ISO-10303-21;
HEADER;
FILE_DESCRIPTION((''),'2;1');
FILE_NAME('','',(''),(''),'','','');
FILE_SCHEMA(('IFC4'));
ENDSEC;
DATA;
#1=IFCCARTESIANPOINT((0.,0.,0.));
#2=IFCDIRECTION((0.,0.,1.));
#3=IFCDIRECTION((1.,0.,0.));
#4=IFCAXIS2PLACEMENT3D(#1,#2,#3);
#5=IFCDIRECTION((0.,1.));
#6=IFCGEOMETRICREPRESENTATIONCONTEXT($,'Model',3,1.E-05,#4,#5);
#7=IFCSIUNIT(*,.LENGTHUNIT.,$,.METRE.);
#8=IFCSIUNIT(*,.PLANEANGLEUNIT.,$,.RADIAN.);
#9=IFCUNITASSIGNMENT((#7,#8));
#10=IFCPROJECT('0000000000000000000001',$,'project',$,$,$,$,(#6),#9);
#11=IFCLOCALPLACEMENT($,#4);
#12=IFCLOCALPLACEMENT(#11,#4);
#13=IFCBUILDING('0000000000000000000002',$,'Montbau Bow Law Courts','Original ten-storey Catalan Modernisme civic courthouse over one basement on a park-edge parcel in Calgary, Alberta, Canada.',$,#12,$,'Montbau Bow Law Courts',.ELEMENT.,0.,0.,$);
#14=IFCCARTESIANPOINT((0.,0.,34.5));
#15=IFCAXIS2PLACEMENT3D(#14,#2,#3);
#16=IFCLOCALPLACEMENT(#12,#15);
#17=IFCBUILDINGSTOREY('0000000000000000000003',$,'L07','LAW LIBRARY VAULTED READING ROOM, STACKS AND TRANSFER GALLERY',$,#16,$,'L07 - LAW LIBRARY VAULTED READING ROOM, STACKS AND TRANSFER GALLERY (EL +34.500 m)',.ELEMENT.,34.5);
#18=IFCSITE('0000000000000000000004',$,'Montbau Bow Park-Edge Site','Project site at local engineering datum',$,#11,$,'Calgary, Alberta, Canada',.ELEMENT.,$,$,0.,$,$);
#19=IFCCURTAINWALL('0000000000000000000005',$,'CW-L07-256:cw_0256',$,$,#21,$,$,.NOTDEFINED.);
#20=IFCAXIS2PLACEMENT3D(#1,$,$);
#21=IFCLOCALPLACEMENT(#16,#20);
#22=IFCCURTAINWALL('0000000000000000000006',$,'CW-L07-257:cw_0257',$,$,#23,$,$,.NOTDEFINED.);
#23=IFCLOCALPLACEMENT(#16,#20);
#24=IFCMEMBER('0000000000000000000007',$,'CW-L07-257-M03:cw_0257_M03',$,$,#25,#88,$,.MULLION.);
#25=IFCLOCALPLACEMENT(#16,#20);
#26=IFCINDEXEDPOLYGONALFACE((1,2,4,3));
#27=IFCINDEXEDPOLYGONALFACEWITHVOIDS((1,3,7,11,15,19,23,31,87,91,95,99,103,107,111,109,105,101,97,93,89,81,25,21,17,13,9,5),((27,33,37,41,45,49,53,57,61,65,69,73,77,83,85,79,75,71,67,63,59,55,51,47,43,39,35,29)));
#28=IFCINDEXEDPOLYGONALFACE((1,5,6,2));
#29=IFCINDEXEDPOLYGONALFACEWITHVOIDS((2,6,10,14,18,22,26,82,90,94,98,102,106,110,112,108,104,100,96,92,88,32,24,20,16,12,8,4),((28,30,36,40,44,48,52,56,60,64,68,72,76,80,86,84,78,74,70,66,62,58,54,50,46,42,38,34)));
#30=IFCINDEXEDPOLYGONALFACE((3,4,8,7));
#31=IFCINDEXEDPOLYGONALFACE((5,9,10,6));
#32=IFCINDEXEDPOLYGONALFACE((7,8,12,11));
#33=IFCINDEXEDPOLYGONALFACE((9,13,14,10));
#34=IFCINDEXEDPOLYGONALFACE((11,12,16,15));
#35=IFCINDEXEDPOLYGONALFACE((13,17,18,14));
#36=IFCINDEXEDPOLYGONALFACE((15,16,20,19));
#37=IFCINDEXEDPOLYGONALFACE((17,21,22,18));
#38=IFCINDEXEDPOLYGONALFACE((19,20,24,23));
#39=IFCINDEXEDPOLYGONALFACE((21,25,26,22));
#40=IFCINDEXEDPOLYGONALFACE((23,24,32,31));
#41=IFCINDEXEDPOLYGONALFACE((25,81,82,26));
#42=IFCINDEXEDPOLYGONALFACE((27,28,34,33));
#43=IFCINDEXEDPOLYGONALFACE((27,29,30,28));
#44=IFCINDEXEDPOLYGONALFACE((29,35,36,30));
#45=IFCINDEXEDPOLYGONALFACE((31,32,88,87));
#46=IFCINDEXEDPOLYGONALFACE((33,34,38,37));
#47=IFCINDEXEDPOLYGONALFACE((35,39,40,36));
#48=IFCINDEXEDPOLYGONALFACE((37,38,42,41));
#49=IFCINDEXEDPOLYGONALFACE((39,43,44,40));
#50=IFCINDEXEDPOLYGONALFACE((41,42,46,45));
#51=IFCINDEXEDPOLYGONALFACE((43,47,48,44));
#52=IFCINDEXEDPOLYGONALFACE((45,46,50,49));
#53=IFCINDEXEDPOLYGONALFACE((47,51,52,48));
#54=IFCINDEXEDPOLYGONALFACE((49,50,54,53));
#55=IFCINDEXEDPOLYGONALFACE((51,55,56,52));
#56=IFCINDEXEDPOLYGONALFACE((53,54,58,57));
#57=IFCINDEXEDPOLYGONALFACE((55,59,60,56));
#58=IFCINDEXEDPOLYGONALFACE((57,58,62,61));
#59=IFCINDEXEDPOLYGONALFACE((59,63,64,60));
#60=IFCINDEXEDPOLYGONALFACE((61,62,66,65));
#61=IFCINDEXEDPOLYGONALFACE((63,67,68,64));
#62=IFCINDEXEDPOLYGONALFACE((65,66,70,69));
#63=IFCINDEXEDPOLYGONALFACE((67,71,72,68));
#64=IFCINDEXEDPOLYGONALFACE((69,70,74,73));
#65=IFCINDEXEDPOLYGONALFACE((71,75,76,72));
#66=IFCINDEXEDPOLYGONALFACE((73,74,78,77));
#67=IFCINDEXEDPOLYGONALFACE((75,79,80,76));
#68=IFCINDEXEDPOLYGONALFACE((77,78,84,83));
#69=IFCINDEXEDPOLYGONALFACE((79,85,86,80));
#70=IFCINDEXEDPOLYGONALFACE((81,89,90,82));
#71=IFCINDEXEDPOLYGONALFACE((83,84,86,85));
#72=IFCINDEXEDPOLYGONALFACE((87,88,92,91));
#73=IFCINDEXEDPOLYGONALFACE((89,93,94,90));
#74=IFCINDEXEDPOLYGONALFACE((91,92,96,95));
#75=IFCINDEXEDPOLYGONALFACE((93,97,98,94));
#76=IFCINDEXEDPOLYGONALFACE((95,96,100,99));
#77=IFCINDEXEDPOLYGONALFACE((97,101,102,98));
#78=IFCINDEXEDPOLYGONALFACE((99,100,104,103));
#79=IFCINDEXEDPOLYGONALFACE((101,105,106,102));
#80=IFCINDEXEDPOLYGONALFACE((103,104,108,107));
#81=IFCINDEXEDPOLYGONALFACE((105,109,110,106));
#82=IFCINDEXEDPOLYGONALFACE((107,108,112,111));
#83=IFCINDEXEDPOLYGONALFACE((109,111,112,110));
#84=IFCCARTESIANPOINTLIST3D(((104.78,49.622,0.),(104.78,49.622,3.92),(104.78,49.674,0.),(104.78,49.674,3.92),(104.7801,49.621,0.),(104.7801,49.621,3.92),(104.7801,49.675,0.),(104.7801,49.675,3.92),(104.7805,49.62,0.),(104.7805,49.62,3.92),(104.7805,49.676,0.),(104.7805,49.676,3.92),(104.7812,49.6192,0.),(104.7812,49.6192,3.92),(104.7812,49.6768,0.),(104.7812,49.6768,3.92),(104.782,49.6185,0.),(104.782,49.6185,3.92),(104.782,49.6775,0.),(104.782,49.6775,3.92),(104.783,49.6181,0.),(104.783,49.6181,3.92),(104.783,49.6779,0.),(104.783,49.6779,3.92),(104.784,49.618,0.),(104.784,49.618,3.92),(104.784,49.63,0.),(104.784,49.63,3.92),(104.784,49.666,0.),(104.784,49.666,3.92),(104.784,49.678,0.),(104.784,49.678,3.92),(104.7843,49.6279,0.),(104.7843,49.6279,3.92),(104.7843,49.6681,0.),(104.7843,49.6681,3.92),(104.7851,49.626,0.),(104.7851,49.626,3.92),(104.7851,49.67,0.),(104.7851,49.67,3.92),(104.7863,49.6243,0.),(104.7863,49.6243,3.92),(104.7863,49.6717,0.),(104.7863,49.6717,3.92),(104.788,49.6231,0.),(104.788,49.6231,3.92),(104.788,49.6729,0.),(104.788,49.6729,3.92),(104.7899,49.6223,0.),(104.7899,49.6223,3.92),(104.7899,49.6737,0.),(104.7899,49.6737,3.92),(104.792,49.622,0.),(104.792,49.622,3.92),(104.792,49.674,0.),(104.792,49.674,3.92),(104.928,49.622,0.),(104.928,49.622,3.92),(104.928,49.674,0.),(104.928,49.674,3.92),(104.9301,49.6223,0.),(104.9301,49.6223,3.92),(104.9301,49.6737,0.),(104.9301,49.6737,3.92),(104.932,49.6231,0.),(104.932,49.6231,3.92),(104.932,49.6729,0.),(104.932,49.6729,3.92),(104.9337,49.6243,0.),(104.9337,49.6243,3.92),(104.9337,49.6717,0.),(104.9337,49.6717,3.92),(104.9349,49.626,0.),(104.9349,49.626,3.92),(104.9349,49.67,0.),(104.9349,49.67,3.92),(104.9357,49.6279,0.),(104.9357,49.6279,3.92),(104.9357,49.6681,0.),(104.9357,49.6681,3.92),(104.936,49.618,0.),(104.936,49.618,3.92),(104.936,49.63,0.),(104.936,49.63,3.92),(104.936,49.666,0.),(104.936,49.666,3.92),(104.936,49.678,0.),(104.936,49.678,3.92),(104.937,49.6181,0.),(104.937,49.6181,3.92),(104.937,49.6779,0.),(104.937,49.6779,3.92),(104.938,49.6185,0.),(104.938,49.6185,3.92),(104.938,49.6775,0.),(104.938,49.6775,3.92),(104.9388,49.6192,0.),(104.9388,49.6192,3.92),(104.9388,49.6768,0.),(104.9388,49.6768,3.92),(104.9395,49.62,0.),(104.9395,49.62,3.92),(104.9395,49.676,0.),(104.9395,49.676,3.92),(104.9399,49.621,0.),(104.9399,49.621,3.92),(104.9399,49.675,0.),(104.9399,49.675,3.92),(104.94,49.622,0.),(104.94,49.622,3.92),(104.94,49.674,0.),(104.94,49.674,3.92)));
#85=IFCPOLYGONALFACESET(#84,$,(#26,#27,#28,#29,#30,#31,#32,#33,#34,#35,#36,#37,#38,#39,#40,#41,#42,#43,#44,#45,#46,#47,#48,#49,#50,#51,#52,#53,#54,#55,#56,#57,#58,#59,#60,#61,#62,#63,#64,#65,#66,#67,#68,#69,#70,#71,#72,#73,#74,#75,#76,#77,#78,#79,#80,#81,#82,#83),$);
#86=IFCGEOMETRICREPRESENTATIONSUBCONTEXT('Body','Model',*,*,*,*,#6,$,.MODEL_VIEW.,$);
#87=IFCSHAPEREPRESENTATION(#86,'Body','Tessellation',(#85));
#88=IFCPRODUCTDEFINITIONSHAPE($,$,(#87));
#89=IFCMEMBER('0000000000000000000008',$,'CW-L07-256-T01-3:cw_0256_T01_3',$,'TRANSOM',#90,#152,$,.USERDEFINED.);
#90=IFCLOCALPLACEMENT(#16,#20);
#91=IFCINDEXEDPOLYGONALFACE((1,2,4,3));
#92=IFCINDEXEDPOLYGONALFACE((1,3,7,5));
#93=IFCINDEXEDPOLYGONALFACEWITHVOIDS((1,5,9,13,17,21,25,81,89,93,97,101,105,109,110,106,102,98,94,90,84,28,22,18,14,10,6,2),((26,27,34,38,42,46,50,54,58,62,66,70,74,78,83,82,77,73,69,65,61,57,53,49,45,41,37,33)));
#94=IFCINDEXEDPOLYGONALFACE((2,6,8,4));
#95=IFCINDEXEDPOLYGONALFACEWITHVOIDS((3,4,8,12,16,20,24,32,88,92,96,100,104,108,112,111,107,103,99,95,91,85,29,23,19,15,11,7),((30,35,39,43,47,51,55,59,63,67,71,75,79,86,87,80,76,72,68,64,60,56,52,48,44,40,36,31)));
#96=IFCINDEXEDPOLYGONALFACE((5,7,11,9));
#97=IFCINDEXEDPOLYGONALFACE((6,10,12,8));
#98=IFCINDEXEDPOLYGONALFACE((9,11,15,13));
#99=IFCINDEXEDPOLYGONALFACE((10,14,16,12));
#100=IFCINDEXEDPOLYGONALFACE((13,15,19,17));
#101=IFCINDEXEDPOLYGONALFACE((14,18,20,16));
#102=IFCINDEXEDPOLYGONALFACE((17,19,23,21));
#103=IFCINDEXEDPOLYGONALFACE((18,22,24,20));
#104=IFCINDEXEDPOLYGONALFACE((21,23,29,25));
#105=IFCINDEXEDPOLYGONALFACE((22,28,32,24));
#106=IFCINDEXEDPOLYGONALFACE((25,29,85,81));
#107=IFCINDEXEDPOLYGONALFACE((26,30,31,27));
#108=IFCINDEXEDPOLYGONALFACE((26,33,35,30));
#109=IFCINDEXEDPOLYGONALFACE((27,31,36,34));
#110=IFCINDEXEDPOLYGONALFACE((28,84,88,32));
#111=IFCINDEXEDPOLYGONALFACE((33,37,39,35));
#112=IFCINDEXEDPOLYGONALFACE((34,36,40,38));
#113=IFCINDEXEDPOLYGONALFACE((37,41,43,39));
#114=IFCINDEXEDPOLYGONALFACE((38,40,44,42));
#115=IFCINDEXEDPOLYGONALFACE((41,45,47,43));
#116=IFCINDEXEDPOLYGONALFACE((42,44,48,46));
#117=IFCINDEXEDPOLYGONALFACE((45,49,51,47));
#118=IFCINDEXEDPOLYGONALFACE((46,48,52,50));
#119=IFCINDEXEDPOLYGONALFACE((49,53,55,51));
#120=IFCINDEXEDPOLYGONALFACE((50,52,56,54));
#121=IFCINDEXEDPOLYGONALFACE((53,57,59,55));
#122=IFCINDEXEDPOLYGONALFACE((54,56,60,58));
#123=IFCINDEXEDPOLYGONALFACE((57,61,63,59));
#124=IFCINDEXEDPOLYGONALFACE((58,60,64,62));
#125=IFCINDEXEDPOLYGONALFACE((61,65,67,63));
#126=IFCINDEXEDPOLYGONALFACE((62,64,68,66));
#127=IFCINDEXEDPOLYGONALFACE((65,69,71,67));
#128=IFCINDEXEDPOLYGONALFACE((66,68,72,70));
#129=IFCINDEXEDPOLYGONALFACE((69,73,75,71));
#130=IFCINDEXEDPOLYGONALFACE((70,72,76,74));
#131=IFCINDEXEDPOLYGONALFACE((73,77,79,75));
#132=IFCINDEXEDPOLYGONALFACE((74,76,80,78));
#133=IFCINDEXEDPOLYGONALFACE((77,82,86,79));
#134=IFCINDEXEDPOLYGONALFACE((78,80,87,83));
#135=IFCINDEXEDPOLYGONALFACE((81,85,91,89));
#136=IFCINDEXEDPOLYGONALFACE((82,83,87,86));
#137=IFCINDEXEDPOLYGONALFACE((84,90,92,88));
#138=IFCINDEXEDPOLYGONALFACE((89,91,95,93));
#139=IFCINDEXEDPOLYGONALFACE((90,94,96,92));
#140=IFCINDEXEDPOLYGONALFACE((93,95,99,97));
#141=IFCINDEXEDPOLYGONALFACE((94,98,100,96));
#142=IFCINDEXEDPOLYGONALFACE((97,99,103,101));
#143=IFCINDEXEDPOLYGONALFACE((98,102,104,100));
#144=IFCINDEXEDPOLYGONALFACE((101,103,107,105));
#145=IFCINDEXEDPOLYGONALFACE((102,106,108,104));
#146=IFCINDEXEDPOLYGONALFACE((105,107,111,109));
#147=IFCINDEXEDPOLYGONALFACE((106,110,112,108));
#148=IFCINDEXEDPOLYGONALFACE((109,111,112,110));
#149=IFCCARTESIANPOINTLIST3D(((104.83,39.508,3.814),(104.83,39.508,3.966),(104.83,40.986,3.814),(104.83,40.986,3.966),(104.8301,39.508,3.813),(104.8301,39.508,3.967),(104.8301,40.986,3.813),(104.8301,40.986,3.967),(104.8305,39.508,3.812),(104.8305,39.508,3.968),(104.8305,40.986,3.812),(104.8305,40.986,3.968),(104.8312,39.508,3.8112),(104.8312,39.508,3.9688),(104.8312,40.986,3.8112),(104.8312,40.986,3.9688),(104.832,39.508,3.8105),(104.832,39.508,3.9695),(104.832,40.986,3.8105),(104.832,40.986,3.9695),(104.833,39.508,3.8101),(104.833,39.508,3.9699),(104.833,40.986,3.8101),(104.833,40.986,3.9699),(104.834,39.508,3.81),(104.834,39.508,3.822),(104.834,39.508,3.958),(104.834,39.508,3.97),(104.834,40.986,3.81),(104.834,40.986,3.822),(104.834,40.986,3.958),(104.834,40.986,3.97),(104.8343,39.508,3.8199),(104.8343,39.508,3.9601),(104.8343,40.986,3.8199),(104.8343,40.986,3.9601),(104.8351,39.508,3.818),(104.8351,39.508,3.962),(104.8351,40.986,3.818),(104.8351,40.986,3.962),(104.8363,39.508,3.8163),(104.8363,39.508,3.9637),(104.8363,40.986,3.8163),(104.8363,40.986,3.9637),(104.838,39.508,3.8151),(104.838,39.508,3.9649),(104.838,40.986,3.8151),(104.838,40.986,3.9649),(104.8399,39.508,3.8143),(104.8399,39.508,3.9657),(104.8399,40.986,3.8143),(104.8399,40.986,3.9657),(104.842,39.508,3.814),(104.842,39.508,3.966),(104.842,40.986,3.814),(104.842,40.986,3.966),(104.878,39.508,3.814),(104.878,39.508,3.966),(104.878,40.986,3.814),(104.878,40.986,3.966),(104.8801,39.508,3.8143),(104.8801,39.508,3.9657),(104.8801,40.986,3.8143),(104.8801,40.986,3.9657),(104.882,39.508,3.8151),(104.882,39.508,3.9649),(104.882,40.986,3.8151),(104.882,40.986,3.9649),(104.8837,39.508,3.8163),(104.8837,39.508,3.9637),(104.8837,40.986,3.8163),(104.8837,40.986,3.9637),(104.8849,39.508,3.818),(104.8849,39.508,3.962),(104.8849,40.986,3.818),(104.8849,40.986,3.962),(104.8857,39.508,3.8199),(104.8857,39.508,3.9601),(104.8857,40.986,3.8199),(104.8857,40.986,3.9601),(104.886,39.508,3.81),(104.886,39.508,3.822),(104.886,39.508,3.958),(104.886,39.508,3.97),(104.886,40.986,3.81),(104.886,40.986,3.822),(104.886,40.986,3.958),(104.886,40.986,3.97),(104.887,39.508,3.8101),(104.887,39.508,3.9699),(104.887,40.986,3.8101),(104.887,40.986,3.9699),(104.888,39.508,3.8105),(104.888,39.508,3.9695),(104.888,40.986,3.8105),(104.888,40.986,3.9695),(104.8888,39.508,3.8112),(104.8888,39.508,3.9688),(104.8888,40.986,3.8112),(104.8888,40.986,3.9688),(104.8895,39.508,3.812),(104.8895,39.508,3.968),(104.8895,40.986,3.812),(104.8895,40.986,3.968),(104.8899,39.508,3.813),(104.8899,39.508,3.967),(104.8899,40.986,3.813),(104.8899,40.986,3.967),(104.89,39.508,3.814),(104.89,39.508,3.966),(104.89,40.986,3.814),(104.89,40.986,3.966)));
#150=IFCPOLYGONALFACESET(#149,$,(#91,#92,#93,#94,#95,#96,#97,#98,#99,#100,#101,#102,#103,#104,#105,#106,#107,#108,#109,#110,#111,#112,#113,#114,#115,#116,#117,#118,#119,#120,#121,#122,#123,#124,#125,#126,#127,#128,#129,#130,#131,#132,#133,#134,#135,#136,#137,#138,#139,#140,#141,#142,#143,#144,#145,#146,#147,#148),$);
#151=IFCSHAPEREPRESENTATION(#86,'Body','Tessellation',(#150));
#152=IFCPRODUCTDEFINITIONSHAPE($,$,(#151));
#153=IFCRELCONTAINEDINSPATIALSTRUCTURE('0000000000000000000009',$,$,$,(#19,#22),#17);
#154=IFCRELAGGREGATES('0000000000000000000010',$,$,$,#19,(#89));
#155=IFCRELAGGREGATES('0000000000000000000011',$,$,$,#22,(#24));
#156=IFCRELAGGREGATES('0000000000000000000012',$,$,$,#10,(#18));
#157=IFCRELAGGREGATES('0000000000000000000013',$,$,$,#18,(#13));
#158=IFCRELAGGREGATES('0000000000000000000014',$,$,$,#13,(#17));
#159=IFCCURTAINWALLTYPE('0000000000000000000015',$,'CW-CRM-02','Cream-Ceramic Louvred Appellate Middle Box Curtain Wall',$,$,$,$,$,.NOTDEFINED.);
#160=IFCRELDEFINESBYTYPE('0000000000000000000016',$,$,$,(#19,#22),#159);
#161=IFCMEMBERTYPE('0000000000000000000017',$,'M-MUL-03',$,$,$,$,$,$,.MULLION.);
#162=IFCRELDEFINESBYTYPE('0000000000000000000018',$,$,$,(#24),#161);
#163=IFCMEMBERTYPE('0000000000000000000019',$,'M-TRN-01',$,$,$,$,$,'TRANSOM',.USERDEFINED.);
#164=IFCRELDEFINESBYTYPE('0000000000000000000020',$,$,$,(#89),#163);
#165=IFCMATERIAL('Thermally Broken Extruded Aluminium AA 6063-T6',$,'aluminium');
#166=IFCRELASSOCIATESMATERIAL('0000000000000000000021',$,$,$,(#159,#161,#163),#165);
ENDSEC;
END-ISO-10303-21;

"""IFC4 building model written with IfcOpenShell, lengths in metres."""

from ifc_helpers import new_model, si_unit, direction, frame, origin_with_axes, origin_2d_with_axis, place, context, subcontext, project, spatial, hollow_rectangle, extrude, material, material_profile, profile_set, type_object, element, aggregate, save


model = new_model("IFC4")

# Units and contexts
model_context = context("Model", 3, precision=1e-05, world=origin_with_axes(), true_north=direction((0.0, 1.0)))
body_context = subcontext(model_context, "Body", "Model", "MODEL_VIEW")
ifc_project = project(units=[si_unit("LENGTHUNIT", "METRE"), si_unit("PLANEANGLEUNIT", "RADIAN")], contexts=[model_context])

# Site, building, storey
site_placement = place(None, origin_with_axes())
site = spatial("IfcSite", under=ifc_project, at=site_placement, Name="Montbau Bow Park-Edge Site", Description="Project site at local engineering datum", LongName="Calgary, Alberta, Canada", CompositionType="ELEMENT", RefElevation=0.0)
building_placement = place(site_placement, origin_with_axes())
building = spatial("IfcBuilding", under=site, at=building_placement, Name="Montbau Bow Law Courts", Description="Original ten-storey Catalan Modernisme civic courthouse over one basement on a park-edge parcel in Calgary, Alberta, Canada.", LongName="Montbau Bow Law Courts", CompositionType="ELEMENT", ElevationOfRefHeight=0.0, ElevationOfTerrain=0.0)
storey_placement = place(building_placement, frame((0.0, 0.0, 34.5), z_axis=(0.0, 0.0, 1.0), x_axis=(1.0, 0.0, 0.0)))
storey = spatial("IfcBuildingStorey", under=building, at=storey_placement, Name="L07", Description="LAW LIBRARY VAULTED READING ROOM, STACKS AND TRANSFER GALLERY", LongName="L07 - LAW LIBRARY VAULTED READING ROOM, STACKS AND TRANSFER GALLERY (EL +34.500 m)", CompositionType="ELEMENT", Elevation=34.5)

# Curtain walls, member
ifc_material_1 = material(Name="Thermally Broken Extruded Aluminium AA 6063-T6", Category="aluminium")
curtain_wall_type = type_object("IfcCurtainWallType", Name="CW-CRM-02", Description="Cream-Ceramic Louvred Appellate Middle Box Curtain Wall", PredefinedType="NOTDEFINED", material=ifc_material_1)
curtain_wall_1_placement = place(None, frame((104.86, 39.44, 34.5), z_axis=(0.0, 0.0, 1.0), x_axis=(1.0, 0.0, 0.0)))
curtain_wall_1 = element("IfcCurtainWall", 1, at=curtain_wall_1_placement, inside=storey, type_object=curtain_wall_type, Name="CW-L07-256:cw_0256", PredefinedType="NOTDEFINED")
curtain_wall_2_placement = place(None, frame((104.86, 46.64, 34.5), z_axis=(0.0, 0.0, 1.0), x_axis=(1.0, 0.0, 0.0)))
curtain_wall_2 = element("IfcCurtainWall", 2, at=curtain_wall_2_placement, inside=storey, type_object=curtain_wall_type, Name="CW-L07-257:cw_0257", PredefinedType="NOTDEFINED")
ifc_material_profile_1 = material_profile(ifc_material_1, hollow_rectangle(XDim=0.06, YDim=0.16, WallThickness=0.004, InnerFilletRadius=0.008, OuterFilletRadius=0.004, at=origin_2d_with_axis()), Name="CWM-160X60", Category="Main", Priority=0)
ifc_profile_set_1 = profile_set([ifc_material_profile_1], Name="Thermally Broken Extruded Aluminium AA 6063-T6")
member_type_1 = type_object("IfcMemberType", Name="M-MUL-03", PredefinedType="MULLION", material=ifc_profile_set_1)
member_1_placement = place(None, frame((104.86, 49.648, 34.5), z_axis=(0.0, 0.0, 1.0), x_axis=(0.0, 1.0, 0.0)))
member_1 = element("IfcMember", 3, at=member_1_placement, type_object=member_type_1, Name="CW-L07-257-M03:cw_0257_M03", PredefinedType="MULLION", context=body_context, shape_type="SweptSolid", body=[
    extrude(hollow_rectangle(XDim=0.06, YDim=0.16, WallThickness=0.004, InnerFilletRadius=0.008, OuterFilletRadius=0.004, at=origin_2d_with_axis()), origin_with_axes(), (0.0, 0.0, 1.0), 3.92),
])

# Member
ifc_material_profile_2 = material_profile(ifc_material_1, hollow_rectangle(XDim=0.06, YDim=0.16, WallThickness=0.004, InnerFilletRadius=0.008, OuterFilletRadius=0.004, at=origin_2d_with_axis()), Name="CWT-160X60", Category="Main", Priority=0)
ifc_profile_set_2 = profile_set([ifc_material_profile_2], Name="Thermally Broken Extruded Aluminium AA 6063-T6")
member_type_2 = type_object("IfcMemberType", Name="M-TRN-01", ElementType="TRANSOM", PredefinedType="USERDEFINED", material=ifc_profile_set_2)
member_2_placement = place(None, frame((104.86, 39.508, 38.39), z_axis=(0.0, 1.0, 0.0), x_axis=(-1.0, 0.0, 0.0)))
member_2 = element("IfcMember", 4, at=member_2_placement, type_object=member_type_2, Name="CW-L07-256-T01-3:cw_0256_T01_3", ObjectType="TRANSOM", PredefinedType="USERDEFINED", context=body_context, shape_type="SweptSolid", body=[
    extrude(hollow_rectangle(XDim=0.06, YDim=0.16, WallThickness=0.004, InnerFilletRadius=0.008, OuterFilletRadius=0.004, at=origin_2d_with_axis()), origin_with_axes(), (0.0, 0.0, 1.0), 1.478),
])

aggregate(curtain_wall_1, [member_2])
aggregate(curtain_wall_2, [member_1])

save(model, "model.ifc")
